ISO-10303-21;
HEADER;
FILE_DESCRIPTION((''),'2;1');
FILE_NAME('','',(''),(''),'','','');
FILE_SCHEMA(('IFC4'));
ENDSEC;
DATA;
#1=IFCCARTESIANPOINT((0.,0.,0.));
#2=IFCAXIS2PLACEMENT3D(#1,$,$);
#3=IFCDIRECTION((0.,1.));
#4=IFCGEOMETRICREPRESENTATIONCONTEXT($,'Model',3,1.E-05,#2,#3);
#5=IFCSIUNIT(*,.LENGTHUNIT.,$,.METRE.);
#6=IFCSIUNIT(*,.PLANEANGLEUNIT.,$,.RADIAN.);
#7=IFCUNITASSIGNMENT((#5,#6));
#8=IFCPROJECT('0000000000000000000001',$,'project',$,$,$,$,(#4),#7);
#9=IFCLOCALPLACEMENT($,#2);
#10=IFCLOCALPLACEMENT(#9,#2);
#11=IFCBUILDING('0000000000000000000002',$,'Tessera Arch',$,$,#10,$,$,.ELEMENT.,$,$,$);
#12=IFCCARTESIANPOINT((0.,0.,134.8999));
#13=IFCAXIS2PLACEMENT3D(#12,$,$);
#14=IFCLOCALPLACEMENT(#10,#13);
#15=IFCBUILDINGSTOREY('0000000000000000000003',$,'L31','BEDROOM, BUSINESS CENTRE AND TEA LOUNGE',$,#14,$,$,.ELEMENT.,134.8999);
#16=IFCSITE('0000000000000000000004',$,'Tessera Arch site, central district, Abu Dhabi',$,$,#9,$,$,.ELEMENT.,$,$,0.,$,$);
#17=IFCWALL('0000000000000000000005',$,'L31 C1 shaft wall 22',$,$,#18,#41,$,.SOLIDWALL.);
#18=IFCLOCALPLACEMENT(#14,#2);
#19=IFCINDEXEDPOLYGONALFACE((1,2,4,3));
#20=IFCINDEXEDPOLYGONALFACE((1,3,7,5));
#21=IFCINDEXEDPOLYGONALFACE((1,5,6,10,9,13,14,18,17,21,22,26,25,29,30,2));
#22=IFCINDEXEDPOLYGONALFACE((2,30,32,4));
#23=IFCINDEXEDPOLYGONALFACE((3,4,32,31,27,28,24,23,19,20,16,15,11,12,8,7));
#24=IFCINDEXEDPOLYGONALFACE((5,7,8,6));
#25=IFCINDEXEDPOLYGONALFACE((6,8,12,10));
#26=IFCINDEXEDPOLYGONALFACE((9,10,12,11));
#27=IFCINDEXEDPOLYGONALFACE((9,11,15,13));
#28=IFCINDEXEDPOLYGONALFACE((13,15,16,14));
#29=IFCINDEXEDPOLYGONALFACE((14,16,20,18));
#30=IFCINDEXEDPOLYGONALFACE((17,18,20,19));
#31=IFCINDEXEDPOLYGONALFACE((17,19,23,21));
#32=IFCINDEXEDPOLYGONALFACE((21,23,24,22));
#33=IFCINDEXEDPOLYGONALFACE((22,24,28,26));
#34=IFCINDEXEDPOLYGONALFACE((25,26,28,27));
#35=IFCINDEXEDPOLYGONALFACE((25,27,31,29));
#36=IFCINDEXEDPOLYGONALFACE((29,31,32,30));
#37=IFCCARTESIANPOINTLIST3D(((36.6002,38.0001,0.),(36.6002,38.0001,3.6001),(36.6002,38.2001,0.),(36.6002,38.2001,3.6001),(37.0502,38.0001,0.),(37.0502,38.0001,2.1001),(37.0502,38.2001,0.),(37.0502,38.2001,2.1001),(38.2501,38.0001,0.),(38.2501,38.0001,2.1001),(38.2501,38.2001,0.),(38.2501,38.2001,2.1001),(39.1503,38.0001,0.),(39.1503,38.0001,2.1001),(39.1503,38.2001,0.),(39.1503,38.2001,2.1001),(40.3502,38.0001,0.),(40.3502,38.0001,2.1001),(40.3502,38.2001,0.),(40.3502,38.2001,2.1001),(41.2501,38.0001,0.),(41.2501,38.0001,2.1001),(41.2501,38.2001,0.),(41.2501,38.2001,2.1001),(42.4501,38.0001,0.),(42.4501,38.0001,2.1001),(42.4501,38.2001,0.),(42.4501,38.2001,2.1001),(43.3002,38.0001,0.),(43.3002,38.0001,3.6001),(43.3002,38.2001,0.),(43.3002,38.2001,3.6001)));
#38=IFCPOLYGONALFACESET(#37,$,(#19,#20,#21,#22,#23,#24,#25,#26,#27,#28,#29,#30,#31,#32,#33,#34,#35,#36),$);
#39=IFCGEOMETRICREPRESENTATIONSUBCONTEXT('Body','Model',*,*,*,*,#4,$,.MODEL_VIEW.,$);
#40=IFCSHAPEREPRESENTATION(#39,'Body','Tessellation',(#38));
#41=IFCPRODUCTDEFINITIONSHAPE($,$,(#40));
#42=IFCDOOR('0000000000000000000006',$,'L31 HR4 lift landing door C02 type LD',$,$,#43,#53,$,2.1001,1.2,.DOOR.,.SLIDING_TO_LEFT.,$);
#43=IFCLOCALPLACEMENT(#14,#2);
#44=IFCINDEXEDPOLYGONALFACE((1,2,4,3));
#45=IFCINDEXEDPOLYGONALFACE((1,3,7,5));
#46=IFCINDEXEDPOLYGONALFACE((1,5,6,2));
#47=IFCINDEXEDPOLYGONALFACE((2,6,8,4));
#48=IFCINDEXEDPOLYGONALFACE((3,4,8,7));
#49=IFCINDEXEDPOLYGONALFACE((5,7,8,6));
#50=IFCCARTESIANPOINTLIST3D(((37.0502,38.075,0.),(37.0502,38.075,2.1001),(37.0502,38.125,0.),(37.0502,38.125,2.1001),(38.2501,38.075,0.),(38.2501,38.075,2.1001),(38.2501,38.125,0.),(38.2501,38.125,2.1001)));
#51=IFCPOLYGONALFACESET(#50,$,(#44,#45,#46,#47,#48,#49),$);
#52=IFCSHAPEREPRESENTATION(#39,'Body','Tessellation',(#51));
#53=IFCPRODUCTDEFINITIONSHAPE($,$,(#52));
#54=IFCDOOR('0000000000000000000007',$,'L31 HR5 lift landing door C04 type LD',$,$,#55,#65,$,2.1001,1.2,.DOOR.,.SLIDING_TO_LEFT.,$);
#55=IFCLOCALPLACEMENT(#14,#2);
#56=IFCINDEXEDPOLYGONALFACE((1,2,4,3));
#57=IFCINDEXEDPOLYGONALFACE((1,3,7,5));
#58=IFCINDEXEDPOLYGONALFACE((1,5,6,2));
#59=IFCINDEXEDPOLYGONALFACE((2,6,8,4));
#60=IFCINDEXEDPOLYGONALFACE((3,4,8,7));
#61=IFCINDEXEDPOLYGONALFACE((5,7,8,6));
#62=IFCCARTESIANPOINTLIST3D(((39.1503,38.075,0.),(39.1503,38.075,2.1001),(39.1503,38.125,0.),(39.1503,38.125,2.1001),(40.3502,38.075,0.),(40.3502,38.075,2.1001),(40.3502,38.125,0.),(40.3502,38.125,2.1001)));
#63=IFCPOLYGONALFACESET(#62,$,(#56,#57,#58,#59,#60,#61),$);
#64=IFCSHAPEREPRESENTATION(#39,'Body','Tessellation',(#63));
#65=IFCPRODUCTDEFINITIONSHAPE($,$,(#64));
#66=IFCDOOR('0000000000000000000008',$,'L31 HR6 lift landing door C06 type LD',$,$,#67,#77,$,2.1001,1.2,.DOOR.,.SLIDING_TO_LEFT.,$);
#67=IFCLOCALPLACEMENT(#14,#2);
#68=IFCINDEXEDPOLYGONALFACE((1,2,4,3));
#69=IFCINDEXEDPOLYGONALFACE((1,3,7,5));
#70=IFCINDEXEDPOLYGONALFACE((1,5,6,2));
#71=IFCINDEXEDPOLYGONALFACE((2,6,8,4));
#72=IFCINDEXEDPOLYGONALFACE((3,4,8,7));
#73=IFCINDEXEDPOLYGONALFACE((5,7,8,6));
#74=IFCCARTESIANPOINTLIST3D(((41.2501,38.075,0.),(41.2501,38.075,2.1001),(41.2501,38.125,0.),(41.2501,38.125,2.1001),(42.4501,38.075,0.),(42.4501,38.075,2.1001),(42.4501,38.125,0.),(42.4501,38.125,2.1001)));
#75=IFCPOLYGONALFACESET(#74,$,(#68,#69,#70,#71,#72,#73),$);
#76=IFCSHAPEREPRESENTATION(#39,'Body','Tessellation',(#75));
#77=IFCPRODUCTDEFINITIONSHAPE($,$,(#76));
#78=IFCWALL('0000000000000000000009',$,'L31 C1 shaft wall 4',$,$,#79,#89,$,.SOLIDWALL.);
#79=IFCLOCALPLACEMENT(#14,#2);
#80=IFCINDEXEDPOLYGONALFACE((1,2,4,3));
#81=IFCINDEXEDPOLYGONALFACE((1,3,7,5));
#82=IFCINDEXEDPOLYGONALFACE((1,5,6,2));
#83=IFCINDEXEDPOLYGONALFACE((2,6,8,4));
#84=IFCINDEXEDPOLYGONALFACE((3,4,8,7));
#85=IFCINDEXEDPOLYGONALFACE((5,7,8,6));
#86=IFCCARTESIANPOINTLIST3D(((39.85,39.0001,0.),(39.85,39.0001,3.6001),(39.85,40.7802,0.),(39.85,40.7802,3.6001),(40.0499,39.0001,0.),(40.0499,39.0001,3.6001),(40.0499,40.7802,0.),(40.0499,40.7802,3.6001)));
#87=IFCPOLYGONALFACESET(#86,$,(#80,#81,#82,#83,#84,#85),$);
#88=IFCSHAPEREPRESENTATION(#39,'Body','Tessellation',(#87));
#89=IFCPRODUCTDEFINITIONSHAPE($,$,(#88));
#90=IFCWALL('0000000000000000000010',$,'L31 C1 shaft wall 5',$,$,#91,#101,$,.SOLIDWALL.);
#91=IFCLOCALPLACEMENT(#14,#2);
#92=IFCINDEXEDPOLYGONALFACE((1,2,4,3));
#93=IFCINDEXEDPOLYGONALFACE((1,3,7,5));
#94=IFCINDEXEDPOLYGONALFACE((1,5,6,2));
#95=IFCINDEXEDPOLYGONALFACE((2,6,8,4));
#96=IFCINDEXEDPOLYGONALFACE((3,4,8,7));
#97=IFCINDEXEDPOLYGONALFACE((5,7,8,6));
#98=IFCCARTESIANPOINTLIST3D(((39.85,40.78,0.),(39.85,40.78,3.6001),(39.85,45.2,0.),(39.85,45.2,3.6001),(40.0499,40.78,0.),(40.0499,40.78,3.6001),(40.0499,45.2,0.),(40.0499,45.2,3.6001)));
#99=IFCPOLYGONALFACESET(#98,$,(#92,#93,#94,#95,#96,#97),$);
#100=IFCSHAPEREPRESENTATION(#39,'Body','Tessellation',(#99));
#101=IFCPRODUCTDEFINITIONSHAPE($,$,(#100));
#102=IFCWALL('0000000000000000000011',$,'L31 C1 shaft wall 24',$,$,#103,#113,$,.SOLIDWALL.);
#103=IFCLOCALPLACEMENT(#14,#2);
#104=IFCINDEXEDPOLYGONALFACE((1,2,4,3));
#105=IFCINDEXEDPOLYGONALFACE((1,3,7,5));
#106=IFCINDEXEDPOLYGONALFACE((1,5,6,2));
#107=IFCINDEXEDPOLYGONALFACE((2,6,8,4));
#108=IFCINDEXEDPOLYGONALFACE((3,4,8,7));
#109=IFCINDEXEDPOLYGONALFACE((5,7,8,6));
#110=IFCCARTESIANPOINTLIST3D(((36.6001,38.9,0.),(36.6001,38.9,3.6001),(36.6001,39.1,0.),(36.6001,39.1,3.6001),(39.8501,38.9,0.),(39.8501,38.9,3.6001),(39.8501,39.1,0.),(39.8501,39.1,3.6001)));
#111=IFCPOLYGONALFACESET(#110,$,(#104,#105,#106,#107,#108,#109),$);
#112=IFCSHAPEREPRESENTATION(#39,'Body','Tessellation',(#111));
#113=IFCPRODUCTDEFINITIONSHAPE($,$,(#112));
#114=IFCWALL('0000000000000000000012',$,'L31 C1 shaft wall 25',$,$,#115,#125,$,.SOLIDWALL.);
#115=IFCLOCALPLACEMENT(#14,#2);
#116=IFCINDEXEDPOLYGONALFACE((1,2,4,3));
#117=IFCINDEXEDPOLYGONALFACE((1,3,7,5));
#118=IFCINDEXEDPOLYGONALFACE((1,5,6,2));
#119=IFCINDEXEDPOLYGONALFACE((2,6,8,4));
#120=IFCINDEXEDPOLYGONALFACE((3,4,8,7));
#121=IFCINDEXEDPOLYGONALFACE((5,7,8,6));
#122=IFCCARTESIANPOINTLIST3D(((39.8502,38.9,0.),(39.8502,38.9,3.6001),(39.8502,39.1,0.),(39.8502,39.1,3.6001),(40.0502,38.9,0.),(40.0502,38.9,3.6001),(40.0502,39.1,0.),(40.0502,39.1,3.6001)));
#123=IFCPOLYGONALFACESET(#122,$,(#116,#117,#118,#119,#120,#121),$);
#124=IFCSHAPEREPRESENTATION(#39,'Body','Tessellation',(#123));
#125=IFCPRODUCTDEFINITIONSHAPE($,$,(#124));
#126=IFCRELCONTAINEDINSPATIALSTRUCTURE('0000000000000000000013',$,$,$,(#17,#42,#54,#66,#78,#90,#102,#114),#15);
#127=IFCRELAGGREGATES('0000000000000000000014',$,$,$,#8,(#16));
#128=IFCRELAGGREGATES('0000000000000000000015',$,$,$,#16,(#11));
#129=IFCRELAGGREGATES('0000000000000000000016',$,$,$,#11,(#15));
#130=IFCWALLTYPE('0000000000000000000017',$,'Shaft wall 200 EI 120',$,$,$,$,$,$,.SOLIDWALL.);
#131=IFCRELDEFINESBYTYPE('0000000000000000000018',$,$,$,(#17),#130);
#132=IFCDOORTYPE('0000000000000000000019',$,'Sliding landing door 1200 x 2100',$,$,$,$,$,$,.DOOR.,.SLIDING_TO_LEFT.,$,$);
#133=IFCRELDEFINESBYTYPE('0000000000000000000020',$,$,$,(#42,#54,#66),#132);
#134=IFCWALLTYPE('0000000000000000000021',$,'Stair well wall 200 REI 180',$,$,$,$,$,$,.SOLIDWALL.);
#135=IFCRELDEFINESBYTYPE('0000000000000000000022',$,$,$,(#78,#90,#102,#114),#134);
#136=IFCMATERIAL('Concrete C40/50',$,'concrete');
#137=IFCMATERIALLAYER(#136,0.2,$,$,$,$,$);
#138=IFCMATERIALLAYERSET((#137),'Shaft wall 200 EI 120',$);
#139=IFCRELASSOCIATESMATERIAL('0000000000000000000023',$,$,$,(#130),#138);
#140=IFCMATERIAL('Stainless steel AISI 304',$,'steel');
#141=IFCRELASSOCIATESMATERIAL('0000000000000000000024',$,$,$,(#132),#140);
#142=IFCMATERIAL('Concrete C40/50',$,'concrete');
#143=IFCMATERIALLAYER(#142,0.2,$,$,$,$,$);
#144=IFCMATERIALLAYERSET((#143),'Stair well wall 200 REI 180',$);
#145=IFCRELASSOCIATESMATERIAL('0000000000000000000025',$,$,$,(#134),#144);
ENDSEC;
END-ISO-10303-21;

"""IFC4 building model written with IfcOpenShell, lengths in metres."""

from ifc_helpers import new_model, si_unit, direction, frame, frame_2d, origin, place, context, subcontext, project, spatial, rectangle, extrude, material, layer, layer_set, type_object, element, fill, save


model = new_model("IFC4")

# Units and contexts
model_context = context("Model", 3, precision=1e-05, world=origin(), true_north=direction((0.0, 1.0)))
body_context = subcontext(model_context, "Body", "Model", "MODEL_VIEW")
ifc_project = project(units=[si_unit("LENGTHUNIT", "METRE"), si_unit("PLANEANGLEUNIT", "RADIAN")], contexts=[model_context])

# Site, building, storey
site_placement = place(None, origin())
site = spatial("IfcSite", under=ifc_project, at=site_placement, Name="Tessera Arch site, central district, Abu Dhabi", CompositionType="ELEMENT", RefElevation=0.0)
building_placement = place(site_placement, origin())
building = spatial("IfcBuilding", under=site, at=building_placement, Name="Tessera Arch", CompositionType="ELEMENT")
storey_placement = place(building_placement, frame((0.0, 0.0, 134.8999)))
storey = spatial("IfcBuildingStorey", under=building, at=storey_placement, Name="L31", Description="BEDROOM, BUSINESS CENTRE AND TEA LOUNGE", CompositionType="ELEMENT", Elevation=134.8999)

# Wall, openings, doors
ifc_material_1 = material(Name="Concrete C40/50", Category="concrete")
ifc_layer_1 = layer(ifc_material_1, 0.2)
ifc_layer_set_1 = layer_set([ifc_layer_1], Name="Shaft wall 200 EI 120")
wall_type_1 = type_object("IfcWallType", Name="Shaft wall 200 EI 120", PredefinedType="SOLIDWALL", material=ifc_layer_set_1)
wall_1_placement = place(storey_placement, frame((36.6001, 38.1001, 0.0), z_axis=(0.0, 0.0, 1.0), x_axis=(1.0, 0.0, 0.0)))
wall_1 = element("IfcWall", 1, at=wall_1_placement, inside=storey, type_object=wall_type_1, Name="L31 C1 shaft wall 22", PredefinedType="SOLIDWALL", context=body_context, shape_type="SweptSolid", body=[
    extrude(rectangle(XDim=6.7, YDim=0.2, at=frame_2d((3.3501, 0.0))), origin(), (0.0, 0.0, 1.0), 3.6001),
])
opening_1_placement = place(wall_1_placement, frame((0.45, 0.0, 0.0)))
opening_1 = element("IfcOpeningElement", 2, at=opening_1_placement, cuts=wall_1, PredefinedType="OPENING", context=body_context, shape_type="SweptSolid", body=[
    extrude(rectangle(XDim=1.2, YDim=2.1001, at=frame_2d((0.6001, 1.05))), frame((0.0, 0.1099, 0.0), z_axis=(0.0, -1.0, 0.0), x_axis=(1.0, 0.0, 0.0)), (0.0, 0.0, 1.0), 0.22),
])
opening_2_placement = place(wall_1_placement, frame((2.55, 0.0, 0.0)))
opening_2 = element("IfcOpeningElement", 3, at=opening_2_placement, cuts=wall_1, PredefinedType="OPENING", context=body_context, shape_type="SweptSolid", body=[
    extrude(rectangle(XDim=1.2, YDim=2.1001, at=frame_2d((0.6001, 1.05))), frame((0.0, 0.1099, 0.0), z_axis=(0.0, -1.0, 0.0), x_axis=(1.0, 0.0, 0.0)), (0.0, 0.0, 1.0), 0.22),
])
opening_3_placement = place(wall_1_placement, frame((4.6499, 0.0, 0.0)))
opening_3 = element("IfcOpeningElement", 4, at=opening_3_placement, cuts=wall_1, PredefinedType="OPENING", context=body_context, shape_type="SweptSolid", body=[
    extrude(rectangle(XDim=1.2, YDim=2.1001, at=frame_2d((0.6001, 1.05))), frame((0.0, 0.1099, 0.0), z_axis=(0.0, -1.0, 0.0), x_axis=(1.0, 0.0, 0.0)), (0.0, 0.0, 1.0), 0.22),
])
ifc_material_2 = material(Name="Stainless steel AISI 304", Category="steel")
door_type_1 = type_object("IfcDoorType", Name="Sliding landing door 1200 x 2100", OperationType="SLIDING_TO_LEFT", PredefinedType="DOOR", material=ifc_material_2)
door_1_placement = place(opening_1_placement, origin())
door_1 = element("IfcDoor", 5, at=door_1_placement, inside=storey, type_object=door_type_1, Name="L31 HR4 lift landing door C02 type LD", OperationType="SLIDING_TO_LEFT", OverallHeight=2.1001, OverallWidth=1.2, PredefinedType="DOOR", context=body_context, shape_type="SweptSolid", body=[
    extrude(rectangle(XDim=1.2, YDim=2.1001, at=frame_2d((0.6001, 1.05))), frame((0.0, 0.0249, 0.0), z_axis=(0.0, -1.0, 0.0), x_axis=(1.0, 0.0, 0.0)), (0.0, 0.0, 1.0), 0.05),
])
fill(opening_1, door_1)
door_2_placement = place(opening_2_placement, origin())
door_2 = element("IfcDoor", 6, at=door_2_placement, inside=storey, type_object=door_type_1, Name="L31 HR5 lift landing door C04 type LD", OperationType="SLIDING_TO_LEFT", OverallHeight=2.1001, OverallWidth=1.2, PredefinedType="DOOR", context=body_context, shape_type="SweptSolid", body=[
    extrude(rectangle(XDim=1.2, YDim=2.1001, at=frame_2d((0.6001, 1.05))), frame((0.0, 0.0249, 0.0), z_axis=(0.0, -1.0, 0.0), x_axis=(1.0, 0.0, 0.0)), (0.0, 0.0, 1.0), 0.05),
])
fill(opening_2, door_2)
door_3_placement = place(opening_3_placement, origin())
door_3 = element("IfcDoor", 7, at=door_3_placement, inside=storey, type_object=door_type_1, Name="L31 HR6 lift landing door C06 type LD", OperationType="SLIDING_TO_LEFT", OverallHeight=2.1001, OverallWidth=1.2, PredefinedType="DOOR", context=body_context, shape_type="SweptSolid", body=[
    extrude(rectangle(XDim=1.2, YDim=2.1001, at=frame_2d((0.6001, 1.05))), frame((0.0, 0.0249, 0.0), z_axis=(0.0, -1.0, 0.0), x_axis=(1.0, 0.0, 0.0)), (0.0, 0.0, 1.0), 0.05),
])
fill(opening_3, door_3)

# Walls
ifc_material_3 = material(Name="Concrete C40/50", Category="concrete")
ifc_layer_2 = layer(ifc_material_3, 0.2)
ifc_layer_set_2 = layer_set([ifc_layer_2], Name="Stair well wall 200 REI 180")
wall_type_2 = type_object("IfcWallType", Name="Stair well wall 200 REI 180", PredefinedType="SOLIDWALL", material=ifc_layer_set_2)
wall_2_placement = place(storey_placement, frame((39.95, 39.0, 0.0), z_axis=(0.0, 0.0, 1.0), x_axis=(0.0, 1.0, 0.0)))
element("IfcWall", 8, at=wall_2_placement, inside=storey, type_object=wall_type_2, Name="L31 C1 shaft wall 4", PredefinedType="SOLIDWALL", context=body_context, shape_type="SweptSolid", body=[
    extrude(rectangle(XDim=1.78, YDim=0.2, at=frame_2d((0.8901, 0.0))), origin(), (0.0, 0.0, 1.0), 3.6001),
])
wall_3_placement = place(storey_placement, frame((39.95, 40.78, 0.0), z_axis=(0.0, 0.0, 1.0), x_axis=(0.0, 1.0, 0.0)))
element("IfcWall", 9, at=wall_3_placement, inside=storey, type_object=wall_type_2, Name="L31 C1 shaft wall 5", PredefinedType="SOLIDWALL", context=body_context, shape_type="SweptSolid", body=[
    extrude(rectangle(XDim=4.4199, YDim=0.2, at=frame_2d((2.21, 0.0))), origin(), (0.0, 0.0, 1.0), 3.6001),
])
wall_4_placement = place(storey_placement, frame((36.6001, 39.0, 0.0), z_axis=(0.0, 0.0, 1.0), x_axis=(1.0, 0.0, 0.0)))
element("IfcWall", 10, at=wall_4_placement, inside=storey, type_object=wall_type_2, Name="L31 C1 shaft wall 24", PredefinedType="SOLIDWALL", context=body_context, shape_type="SweptSolid", body=[
    extrude(rectangle(XDim=3.25, YDim=0.2, at=frame_2d((1.625, 0.0))), origin(), (0.0, 0.0, 1.0), 3.6001),
])
wall_5_placement = place(storey_placement, frame((39.8501, 39.0, 0.0), z_axis=(0.0, 0.0, 1.0), x_axis=(1.0, 0.0, 0.0)))
element("IfcWall", 11, at=wall_5_placement, inside=storey, type_object=wall_type_2, Name="L31 C1 shaft wall 25", PredefinedType="SOLIDWALL", context=body_context, shape_type="SweptSolid", body=[
    extrude(rectangle(XDim=0.2, YDim=0.2, at=frame_2d((0.1001, 0.0))), origin(), (0.0, 0.0, 1.0), 3.6001),
])

save(model, "model.ifc")
